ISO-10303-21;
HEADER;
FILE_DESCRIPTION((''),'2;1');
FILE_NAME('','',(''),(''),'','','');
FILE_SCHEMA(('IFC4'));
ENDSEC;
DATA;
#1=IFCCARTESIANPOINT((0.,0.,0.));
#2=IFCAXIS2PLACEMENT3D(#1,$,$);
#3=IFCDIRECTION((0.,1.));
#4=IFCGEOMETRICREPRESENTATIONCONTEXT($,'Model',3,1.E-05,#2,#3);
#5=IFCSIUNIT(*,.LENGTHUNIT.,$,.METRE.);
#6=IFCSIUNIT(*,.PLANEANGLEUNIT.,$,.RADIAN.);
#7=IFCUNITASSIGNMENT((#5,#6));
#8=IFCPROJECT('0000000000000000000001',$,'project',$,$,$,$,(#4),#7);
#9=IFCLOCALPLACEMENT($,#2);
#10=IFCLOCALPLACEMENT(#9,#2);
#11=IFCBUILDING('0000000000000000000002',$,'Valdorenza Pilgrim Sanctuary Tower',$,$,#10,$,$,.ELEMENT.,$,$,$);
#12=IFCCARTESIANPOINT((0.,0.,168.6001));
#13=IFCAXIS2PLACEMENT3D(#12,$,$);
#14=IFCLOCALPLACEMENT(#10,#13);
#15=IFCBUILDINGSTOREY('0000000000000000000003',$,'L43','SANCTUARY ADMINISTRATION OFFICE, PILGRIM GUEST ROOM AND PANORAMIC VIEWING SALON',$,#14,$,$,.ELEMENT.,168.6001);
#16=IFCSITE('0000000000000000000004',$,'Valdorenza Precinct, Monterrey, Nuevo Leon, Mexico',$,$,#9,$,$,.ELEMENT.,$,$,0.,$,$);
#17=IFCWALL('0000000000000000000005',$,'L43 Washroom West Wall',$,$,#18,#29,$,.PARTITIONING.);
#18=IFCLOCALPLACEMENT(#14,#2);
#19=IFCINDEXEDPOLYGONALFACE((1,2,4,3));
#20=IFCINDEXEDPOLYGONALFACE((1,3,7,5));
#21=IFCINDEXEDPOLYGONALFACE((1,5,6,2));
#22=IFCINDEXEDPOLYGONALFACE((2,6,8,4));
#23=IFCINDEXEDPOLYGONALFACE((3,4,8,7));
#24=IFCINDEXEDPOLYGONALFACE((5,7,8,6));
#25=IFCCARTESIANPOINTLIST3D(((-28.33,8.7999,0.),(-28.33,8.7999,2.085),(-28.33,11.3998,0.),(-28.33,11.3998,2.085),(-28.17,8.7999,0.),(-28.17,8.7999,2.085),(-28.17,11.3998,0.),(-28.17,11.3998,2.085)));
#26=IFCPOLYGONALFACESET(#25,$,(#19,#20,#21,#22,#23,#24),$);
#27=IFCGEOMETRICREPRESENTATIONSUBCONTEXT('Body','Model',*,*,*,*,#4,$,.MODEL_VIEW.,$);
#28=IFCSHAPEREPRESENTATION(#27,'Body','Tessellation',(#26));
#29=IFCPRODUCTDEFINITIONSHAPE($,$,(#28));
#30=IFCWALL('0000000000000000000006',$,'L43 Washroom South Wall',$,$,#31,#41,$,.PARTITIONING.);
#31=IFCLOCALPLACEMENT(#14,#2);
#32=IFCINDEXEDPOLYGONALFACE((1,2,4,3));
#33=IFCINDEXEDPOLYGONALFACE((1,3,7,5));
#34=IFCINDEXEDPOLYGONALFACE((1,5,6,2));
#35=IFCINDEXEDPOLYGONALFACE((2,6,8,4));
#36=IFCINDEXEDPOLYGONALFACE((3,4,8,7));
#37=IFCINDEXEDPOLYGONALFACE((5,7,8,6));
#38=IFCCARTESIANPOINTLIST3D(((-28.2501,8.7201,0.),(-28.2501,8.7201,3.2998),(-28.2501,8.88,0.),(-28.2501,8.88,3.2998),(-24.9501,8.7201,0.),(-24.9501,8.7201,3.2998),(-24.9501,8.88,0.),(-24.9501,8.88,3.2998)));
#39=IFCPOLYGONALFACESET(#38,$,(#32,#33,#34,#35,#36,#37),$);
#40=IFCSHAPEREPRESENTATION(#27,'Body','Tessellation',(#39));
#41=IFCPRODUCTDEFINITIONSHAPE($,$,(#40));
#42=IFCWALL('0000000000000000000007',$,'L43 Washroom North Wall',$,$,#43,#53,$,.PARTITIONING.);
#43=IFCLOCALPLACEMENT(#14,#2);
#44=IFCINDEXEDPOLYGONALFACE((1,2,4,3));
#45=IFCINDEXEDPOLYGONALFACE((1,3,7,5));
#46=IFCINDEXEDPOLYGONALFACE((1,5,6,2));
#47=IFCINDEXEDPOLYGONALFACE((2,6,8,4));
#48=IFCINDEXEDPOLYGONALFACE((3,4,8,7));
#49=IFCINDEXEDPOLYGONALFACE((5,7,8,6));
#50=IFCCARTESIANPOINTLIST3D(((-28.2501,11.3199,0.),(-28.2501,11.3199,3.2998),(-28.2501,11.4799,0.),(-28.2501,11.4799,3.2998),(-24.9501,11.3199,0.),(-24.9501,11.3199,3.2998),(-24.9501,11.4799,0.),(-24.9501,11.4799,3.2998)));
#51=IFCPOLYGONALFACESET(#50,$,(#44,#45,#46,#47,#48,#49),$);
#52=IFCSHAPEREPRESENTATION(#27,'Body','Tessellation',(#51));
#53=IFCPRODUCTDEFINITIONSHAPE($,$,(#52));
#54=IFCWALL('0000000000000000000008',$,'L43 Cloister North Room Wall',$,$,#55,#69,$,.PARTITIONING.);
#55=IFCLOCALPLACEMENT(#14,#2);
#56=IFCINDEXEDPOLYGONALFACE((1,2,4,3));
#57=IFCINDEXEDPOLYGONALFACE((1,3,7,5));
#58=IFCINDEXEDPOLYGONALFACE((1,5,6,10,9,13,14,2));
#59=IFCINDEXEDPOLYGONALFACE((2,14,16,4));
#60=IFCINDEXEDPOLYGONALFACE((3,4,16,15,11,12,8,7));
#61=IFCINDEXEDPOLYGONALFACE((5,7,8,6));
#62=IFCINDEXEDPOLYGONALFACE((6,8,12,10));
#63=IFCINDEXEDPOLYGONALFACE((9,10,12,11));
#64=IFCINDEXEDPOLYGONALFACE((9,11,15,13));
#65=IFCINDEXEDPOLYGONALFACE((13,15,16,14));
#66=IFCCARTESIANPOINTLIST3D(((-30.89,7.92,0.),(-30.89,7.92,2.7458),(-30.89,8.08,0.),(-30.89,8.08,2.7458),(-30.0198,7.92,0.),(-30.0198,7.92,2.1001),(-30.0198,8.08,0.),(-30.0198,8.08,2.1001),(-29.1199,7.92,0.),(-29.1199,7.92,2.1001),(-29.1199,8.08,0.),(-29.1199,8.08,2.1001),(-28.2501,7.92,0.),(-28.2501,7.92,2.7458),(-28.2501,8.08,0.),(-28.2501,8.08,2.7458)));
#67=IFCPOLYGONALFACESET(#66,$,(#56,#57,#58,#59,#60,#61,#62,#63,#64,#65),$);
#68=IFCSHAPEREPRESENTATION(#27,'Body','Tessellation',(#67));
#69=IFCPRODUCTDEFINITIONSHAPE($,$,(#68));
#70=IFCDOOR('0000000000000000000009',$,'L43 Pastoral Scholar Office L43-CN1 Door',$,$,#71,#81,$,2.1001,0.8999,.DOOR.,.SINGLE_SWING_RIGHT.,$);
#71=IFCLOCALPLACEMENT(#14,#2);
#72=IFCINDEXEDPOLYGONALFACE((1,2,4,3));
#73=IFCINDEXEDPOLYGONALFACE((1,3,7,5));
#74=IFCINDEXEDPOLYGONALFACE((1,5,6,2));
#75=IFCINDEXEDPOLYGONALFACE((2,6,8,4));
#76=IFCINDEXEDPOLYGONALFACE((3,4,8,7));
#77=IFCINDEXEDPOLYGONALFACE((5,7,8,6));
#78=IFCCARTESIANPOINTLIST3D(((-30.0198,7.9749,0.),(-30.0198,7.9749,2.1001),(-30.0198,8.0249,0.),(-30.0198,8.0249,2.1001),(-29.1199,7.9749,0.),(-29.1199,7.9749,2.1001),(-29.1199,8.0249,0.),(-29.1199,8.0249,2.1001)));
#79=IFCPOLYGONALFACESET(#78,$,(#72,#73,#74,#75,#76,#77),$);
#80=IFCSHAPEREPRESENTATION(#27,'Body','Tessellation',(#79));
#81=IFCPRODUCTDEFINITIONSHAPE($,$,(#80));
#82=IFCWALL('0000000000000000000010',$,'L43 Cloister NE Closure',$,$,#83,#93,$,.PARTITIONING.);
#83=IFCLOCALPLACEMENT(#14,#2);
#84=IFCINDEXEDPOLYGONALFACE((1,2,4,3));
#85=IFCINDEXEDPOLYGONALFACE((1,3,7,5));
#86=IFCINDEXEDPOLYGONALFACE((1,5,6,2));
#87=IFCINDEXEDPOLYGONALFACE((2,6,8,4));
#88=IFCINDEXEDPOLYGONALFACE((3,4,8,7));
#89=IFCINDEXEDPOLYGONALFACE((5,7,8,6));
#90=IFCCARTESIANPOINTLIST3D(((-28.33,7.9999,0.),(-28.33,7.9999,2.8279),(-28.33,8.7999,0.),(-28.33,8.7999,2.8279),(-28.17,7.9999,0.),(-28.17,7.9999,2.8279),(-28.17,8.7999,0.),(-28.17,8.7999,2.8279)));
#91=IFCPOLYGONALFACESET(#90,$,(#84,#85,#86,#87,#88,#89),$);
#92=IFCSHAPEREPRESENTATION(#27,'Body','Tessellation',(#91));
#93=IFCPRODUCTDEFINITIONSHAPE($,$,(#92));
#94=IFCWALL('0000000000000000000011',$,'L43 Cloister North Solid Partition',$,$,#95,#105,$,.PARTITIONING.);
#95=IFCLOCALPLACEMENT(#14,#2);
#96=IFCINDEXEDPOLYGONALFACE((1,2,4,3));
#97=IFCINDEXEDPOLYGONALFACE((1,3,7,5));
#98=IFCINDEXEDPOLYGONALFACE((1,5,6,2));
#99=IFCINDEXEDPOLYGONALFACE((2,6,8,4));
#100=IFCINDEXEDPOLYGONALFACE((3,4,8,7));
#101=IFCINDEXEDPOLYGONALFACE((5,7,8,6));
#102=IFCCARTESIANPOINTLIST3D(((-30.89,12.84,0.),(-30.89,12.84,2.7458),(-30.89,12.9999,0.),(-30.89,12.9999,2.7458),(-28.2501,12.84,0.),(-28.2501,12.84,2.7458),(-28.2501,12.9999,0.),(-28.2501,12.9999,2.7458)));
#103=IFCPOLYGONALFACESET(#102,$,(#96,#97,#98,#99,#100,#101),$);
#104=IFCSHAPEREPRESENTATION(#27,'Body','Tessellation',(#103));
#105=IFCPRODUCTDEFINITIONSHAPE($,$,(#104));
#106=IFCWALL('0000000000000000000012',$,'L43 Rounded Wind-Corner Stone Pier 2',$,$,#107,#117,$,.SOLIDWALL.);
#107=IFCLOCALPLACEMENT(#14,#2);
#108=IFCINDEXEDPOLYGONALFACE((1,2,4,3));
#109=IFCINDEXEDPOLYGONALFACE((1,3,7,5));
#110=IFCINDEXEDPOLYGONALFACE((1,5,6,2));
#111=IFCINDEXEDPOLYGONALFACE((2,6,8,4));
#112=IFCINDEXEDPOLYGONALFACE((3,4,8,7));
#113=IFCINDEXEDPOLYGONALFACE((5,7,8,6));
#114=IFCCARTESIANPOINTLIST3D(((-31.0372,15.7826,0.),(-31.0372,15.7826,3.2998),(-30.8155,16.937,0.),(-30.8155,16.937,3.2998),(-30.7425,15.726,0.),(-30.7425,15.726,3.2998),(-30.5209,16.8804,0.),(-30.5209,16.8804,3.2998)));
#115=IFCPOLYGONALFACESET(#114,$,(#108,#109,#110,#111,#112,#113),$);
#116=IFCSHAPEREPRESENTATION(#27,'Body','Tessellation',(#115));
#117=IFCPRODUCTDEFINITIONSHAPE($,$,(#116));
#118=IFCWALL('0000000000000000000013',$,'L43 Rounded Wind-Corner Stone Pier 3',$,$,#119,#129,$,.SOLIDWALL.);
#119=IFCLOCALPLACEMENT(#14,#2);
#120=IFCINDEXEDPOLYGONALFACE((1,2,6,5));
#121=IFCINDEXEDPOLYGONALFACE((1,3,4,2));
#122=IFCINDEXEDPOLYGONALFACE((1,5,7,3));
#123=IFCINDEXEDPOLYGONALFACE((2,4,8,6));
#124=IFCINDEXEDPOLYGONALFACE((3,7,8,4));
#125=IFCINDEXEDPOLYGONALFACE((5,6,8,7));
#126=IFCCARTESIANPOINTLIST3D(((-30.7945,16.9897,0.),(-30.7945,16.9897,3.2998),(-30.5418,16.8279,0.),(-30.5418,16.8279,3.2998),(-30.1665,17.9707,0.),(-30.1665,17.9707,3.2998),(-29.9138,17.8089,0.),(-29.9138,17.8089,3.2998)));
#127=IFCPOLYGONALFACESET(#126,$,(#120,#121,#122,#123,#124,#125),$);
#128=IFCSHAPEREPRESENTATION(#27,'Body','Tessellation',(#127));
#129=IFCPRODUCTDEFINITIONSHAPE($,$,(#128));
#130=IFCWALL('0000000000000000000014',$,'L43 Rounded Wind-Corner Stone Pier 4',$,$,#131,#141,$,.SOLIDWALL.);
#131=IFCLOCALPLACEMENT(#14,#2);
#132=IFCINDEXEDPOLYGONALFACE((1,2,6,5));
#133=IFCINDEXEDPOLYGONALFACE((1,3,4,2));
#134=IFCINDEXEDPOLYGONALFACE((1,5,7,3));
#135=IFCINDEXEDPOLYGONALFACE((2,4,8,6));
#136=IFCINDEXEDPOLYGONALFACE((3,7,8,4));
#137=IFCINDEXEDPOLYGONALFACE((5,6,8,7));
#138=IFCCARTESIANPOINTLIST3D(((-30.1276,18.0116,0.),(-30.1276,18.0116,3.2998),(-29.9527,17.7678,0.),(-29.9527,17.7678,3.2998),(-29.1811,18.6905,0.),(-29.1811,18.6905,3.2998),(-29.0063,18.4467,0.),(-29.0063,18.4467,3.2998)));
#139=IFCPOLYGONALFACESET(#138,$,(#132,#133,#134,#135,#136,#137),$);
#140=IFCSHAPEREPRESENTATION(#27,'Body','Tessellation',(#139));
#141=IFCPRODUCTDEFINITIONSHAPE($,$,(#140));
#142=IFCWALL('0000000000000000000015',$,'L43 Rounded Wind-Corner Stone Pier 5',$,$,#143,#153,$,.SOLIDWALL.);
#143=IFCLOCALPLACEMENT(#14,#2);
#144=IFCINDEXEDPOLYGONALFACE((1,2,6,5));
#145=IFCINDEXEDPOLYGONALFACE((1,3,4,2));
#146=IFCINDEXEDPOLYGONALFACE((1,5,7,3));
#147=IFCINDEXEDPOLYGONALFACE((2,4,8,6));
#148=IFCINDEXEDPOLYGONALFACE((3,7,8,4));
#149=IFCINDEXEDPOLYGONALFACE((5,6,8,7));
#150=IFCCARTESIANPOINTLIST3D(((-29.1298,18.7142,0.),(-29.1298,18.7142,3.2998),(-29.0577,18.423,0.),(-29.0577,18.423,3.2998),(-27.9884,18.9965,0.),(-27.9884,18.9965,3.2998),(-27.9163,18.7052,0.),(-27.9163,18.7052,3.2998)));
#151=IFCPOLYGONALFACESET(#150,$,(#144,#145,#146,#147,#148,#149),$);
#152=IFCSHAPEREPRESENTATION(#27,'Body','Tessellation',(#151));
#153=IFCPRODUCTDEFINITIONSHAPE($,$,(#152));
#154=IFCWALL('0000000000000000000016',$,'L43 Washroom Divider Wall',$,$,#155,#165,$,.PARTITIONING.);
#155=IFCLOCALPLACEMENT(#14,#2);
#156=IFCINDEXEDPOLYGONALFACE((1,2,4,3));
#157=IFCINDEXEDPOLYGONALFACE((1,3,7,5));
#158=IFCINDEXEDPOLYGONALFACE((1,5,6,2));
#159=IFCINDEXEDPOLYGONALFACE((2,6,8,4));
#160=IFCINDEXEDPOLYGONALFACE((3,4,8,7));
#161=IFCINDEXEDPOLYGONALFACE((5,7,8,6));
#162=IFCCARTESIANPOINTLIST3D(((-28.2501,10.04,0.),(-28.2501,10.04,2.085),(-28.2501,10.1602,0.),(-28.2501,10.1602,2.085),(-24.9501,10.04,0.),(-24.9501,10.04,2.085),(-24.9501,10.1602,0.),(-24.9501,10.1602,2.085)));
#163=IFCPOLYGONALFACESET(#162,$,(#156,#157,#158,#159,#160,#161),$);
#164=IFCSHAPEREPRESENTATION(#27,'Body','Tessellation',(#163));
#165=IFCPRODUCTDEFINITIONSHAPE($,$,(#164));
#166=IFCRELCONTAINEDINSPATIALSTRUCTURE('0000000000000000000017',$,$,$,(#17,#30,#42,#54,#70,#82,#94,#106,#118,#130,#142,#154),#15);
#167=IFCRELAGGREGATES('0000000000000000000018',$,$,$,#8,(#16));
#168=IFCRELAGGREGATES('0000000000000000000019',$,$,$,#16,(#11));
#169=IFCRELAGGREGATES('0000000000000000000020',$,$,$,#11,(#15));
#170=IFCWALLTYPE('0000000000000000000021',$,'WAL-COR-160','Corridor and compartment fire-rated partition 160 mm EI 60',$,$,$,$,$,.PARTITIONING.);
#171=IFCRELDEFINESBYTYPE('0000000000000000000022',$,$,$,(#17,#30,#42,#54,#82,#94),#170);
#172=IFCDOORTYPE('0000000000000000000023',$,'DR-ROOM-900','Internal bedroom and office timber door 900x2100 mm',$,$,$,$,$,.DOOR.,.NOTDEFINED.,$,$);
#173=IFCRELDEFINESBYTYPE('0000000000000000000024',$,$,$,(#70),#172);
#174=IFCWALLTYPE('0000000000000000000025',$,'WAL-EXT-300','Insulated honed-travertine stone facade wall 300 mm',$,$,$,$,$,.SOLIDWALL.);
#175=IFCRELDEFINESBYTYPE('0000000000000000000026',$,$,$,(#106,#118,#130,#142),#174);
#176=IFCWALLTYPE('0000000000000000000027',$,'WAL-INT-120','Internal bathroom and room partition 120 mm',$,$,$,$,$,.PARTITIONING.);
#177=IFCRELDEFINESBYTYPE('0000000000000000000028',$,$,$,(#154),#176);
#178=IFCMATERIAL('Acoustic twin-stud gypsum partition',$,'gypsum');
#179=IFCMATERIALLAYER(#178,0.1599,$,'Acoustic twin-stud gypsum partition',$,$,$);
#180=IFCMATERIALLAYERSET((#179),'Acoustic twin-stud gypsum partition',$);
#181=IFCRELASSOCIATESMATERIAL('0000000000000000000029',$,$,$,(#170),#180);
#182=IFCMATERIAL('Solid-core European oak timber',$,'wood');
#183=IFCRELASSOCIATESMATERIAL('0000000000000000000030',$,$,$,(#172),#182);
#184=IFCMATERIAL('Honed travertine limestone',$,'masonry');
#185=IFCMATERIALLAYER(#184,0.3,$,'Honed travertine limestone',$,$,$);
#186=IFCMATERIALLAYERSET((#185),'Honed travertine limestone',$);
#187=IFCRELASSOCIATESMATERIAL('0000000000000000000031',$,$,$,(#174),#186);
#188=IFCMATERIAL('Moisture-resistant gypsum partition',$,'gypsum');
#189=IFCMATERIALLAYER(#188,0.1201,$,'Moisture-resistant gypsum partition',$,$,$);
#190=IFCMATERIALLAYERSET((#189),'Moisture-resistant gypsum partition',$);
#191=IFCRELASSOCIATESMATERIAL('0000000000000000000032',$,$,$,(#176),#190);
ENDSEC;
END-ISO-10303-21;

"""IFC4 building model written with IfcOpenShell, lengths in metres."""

from ifc_helpers import new_model, si_unit, direction, frame, frame_2d, origin, place, context, subcontext, project, spatial, rectangle, extrude, material, layer, layer_set, type_object, element, fill, save


model = new_model("IFC4")

# Units and contexts
model_context = context("Model", 3, precision=1e-05, world=origin(), true_north=direction((0.0, 1.0)))
body_context = subcontext(model_context, "Body", "Model", "MODEL_VIEW")
ifc_project = project(units=[si_unit("LENGTHUNIT", "METRE"), si_unit("PLANEANGLEUNIT", "RADIAN")], contexts=[model_context])

# Site, building, storey
site_placement = place(None, origin())
site = spatial("IfcSite", under=ifc_project, at=site_placement, Name="Valdorenza Precinct, Monterrey, Nuevo Leon, Mexico", CompositionType="ELEMENT", RefElevation=0.0)
building_placement = place(site_placement, origin())
building = spatial("IfcBuilding", under=site, at=building_placement, Name="Valdorenza Pilgrim Sanctuary Tower", CompositionType="ELEMENT")
storey_placement = place(building_placement, frame((0.0, 0.0, 168.6001)))
storey = spatial("IfcBuildingStorey", under=building, at=storey_placement, Name="L43", Description="SANCTUARY ADMINISTRATION OFFICE, PILGRIM GUEST ROOM AND PANORAMIC VIEWING SALON", CompositionType="ELEMENT", Elevation=168.6001)

# Shared definitions
ifc_material_1 = material(Name="Honed travertine limestone", Category="masonry")

# Walls
ifc_material_2 = material(Name="Acoustic twin-stud gypsum partition", Category="gypsum")
ifc_layer_1 = layer(ifc_material_2, 0.1599, Name="Acoustic twin-stud gypsum partition")
ifc_layer_set_1 = layer_set([ifc_layer_1], Name="Acoustic twin-stud gypsum partition")
wall_type_1 = type_object("IfcWallType", Name="WAL-COR-160", Description="Corridor and compartment fire-rated partition 160 mm EI 60", PredefinedType="PARTITIONING", material=ifc_layer_set_1)
wall_1_placement = place(storey_placement, frame((-28.25, 8.8, 0.0), z_axis=(0.0, 0.0, 1.0), x_axis=(0.0, 1.0, 0.0)))
element("IfcWall", 1, at=wall_1_placement, inside=storey, type_object=wall_type_1, Name="L43 Washroom West Wall", PredefinedType="PARTITIONING", context=body_context, shape_type="SweptSolid", body=[
    extrude(rectangle(XDim=2.5999, YDim=0.1599, at=frame_2d((1.2998, 0.0))), origin(), (0.0, 0.0, 1.0), 2.085),
])
for number, where, z_axis, x_axis, name in (
    (2, (-28.25, 8.8, 0.0), (0.0, 0.0, 1.0), (1.0, 0.0, 0.0), "L43 Washroom South Wall"),
    (3, (-28.25, 11.3999, 0.0), (0.0, 0.0, 1.0), (1.0, 0.0, 0.0), "L43 Washroom North Wall"),
):
    element("IfcWall", number, at=place(storey_placement, frame(where, z_axis=z_axis, x_axis=x_axis)), inside=storey, type_object=wall_type_1, Name=name, PredefinedType="PARTITIONING", context=body_context, shape_type="SweptSolid", body=[
        extrude(rectangle(XDim=3.3, YDim=0.1599, at=frame_2d((1.6499, 0.0))), origin(), (0.0, 0.0, 1.0), 3.2998),
    ])

# Wall, opening, door
wall_2_placement = place(storey_placement, frame((-30.8899, 8.0, 0.0), z_axis=(0.0, 0.0, 1.0), x_axis=(1.0, 0.0, 0.0)))
wall_2 = element("IfcWall", 4, at=wall_2_placement, inside=storey, type_object=wall_type_1, Name="L43 Cloister North Room Wall", PredefinedType="PARTITIONING", context=body_context, shape_type="SweptSolid", body=[
    extrude(rectangle(XDim=2.6399, YDim=0.1599, at=frame_2d((1.3198, 0.0))), origin(), (0.0, 0.0, 1.0), 2.7458),
])
opening_placement = place(wall_2_placement, frame((0.8701, 0.0, 0.0)))
opening = element("IfcOpeningElement", 5, at=opening_placement, cuts=wall_2, PredefinedType="OPENING", context=body_context, shape_type="SweptSolid", body=[
    extrude(rectangle(XDim=0.8999, YDim=2.1001, at=frame_2d((0.45, 1.05))), frame((0.0, 0.0947, 0.0), z_axis=(0.0, -1.0, 0.0), x_axis=(1.0, 0.0, 0.0)), (0.0, 0.0, 1.0), 0.1897),
])
ifc_material_3 = material(Name="Solid-core European oak timber", Category="wood")
door_type = type_object("IfcDoorType", Name="DR-ROOM-900", Description="Internal bedroom and office timber door 900x2100 mm", OperationType="NOTDEFINED", PredefinedType="DOOR", material=ifc_material_3)
door_placement = place(opening_placement, origin())
door = element("IfcDoor", 6, at=door_placement, inside=storey, type_object=door_type, Name="L43 Pastoral Scholar Office L43-CN1 Door", OperationType="SINGLE_SWING_RIGHT", OverallHeight=2.1001, OverallWidth=0.8999, PredefinedType="DOOR", context=body_context, shape_type="SweptSolid", body=[
    extrude(rectangle(XDim=0.8999, YDim=2.1001, at=frame_2d((0.45, 1.05))), frame((0.0, 0.0249, 0.0), z_axis=(0.0, -1.0, 0.0), x_axis=(1.0, 0.0, 0.0)), (0.0, 0.0, 1.0), 0.05),
])
fill(opening, door)

# Walls
wall_3_placement = place(storey_placement, frame((-28.25, 8.0, 0.0), z_axis=(0.0, 0.0, 1.0), x_axis=(0.0, 1.0, 0.0)))
element("IfcWall", 7, at=wall_3_placement, inside=storey, type_object=wall_type_1, Name="L43 Cloister NE Closure", PredefinedType="PARTITIONING", context=body_context, shape_type="SweptSolid", body=[
    extrude(rectangle(XDim=0.8, YDim=0.1599, at=frame_2d((0.3999, 0.0))), origin(), (0.0, 0.0, 1.0), 2.8279),
])
wall_4_placement = place(storey_placement, frame((-30.8899, 12.9199, 0.0), z_axis=(0.0, 0.0, 1.0), x_axis=(1.0, 0.0, 0.0)))
element("IfcWall", 8, at=wall_4_placement, inside=storey, type_object=wall_type_1, Name="L43 Cloister North Solid Partition", PredefinedType="PARTITIONING", context=body_context, shape_type="SweptSolid", body=[
    extrude(rectangle(XDim=2.6399, YDim=0.1599, at=frame_2d((1.3198, 0.0))), origin(), (0.0, 0.0, 1.0), 2.7458),
])
ifc_layer_2 = layer(ifc_material_1, 0.3, Name="Honed travertine limestone")
ifc_layer_set_2 = layer_set([ifc_layer_2], Name="Honed travertine limestone")
wall_type_2 = type_object("IfcWallType", Name="WAL-EXT-300", Description="Insulated honed-travertine stone facade wall 300 mm", PredefinedType="SOLIDWALL", material=ifc_layer_set_2)
wall_5_placement = place(storey_placement, frame((-30.8899, 15.7542, 0.0), z_axis=(0.0, 0.0, 1.0), x_axis=(0.188562, 0.982061, 0.0)))
element("IfcWall", 9, at=wall_5_placement, inside=storey, type_object=wall_type_2, Name="L43 Rounded Wind-Corner Stone Pier 2", PredefinedType="SOLIDWALL", context=body_context, shape_type="SweptSolid", body=[
    extrude(rectangle(XDim=1.1755, YDim=0.3, at=frame_2d((0.5879, 0.0))), origin(), (0.0, 0.0, 1.0), 3.2998),
])
for number, where, z_axis, x_axis, name in (
    (10, (-30.6682, 16.9087, 0.0), (0.0, 0.0, 1.0), (0.539125, 0.842226, 0.0), "L43 Rounded Wind-Corner Stone Pier 3"),
    (11, (-30.0403, 17.8896, 0.0), (0.0, 0.0, 1.0), (0.812571, 0.582863, 0.0), "L43 Rounded Wind-Corner Stone Pier 4"),
):
    element("IfcWall", number, at=place(storey_placement, frame(where, z_axis=z_axis, x_axis=x_axis)), inside=storey, type_object=wall_type_2, Name=name, PredefinedType="SOLIDWALL", context=body_context, shape_type="SweptSolid", body=[
        extrude(rectangle(XDim=1.1648, YDim=0.3, at=frame_2d((0.5825, 0.0))), origin(), (0.0, 0.0, 1.0), 3.2998),
    ])
wall_6_placement = place(storey_placement, frame((-29.0938, 18.5686, 0.0), z_axis=(0.0, 0.0, 1.0), x_axis=(0.970762, 0.240043, 0.0)))
element("IfcWall", 12, at=wall_6_placement, inside=storey, type_object=wall_type_2, Name="L43 Rounded Wind-Corner Stone Pier 5", PredefinedType="SOLIDWALL", context=body_context, shape_type="SweptSolid", body=[
    extrude(rectangle(XDim=1.1758, YDim=0.3, at=frame_2d((0.5879, 0.0))), origin(), (0.0, 0.0, 1.0), 3.2998),
])
ifc_material_4 = material(Name="Moisture-resistant gypsum partition", Category="gypsum")
ifc_layer_3 = layer(ifc_material_4, 0.1201, Name="Moisture-resistant gypsum partition")
ifc_layer_set_3 = layer_set([ifc_layer_3], Name="Moisture-resistant gypsum partition")
wall_type_3 = type_object("IfcWallType", Name="WAL-INT-120", Description="Internal bathroom and room partition 120 mm", PredefinedType="PARTITIONING", material=ifc_layer_set_3)
wall_7_placement = place(storey_placement, frame((-28.25, 10.1001, 0.0), z_axis=(0.0, 0.0, 1.0), x_axis=(1.0, 0.0, 0.0)))
element("IfcWall", 13, at=wall_7_placement, inside=storey, type_object=wall_type_3, Name="L43 Washroom Divider Wall", PredefinedType="PARTITIONING", context=body_context, shape_type="SweptSolid", body=[
    extrude(rectangle(XDim=3.3, YDim=0.1201, at=frame_2d((1.6499, 0.0))), origin(), (0.0, 0.0, 1.0), 2.085),
])

save(model, "model.ifc")
